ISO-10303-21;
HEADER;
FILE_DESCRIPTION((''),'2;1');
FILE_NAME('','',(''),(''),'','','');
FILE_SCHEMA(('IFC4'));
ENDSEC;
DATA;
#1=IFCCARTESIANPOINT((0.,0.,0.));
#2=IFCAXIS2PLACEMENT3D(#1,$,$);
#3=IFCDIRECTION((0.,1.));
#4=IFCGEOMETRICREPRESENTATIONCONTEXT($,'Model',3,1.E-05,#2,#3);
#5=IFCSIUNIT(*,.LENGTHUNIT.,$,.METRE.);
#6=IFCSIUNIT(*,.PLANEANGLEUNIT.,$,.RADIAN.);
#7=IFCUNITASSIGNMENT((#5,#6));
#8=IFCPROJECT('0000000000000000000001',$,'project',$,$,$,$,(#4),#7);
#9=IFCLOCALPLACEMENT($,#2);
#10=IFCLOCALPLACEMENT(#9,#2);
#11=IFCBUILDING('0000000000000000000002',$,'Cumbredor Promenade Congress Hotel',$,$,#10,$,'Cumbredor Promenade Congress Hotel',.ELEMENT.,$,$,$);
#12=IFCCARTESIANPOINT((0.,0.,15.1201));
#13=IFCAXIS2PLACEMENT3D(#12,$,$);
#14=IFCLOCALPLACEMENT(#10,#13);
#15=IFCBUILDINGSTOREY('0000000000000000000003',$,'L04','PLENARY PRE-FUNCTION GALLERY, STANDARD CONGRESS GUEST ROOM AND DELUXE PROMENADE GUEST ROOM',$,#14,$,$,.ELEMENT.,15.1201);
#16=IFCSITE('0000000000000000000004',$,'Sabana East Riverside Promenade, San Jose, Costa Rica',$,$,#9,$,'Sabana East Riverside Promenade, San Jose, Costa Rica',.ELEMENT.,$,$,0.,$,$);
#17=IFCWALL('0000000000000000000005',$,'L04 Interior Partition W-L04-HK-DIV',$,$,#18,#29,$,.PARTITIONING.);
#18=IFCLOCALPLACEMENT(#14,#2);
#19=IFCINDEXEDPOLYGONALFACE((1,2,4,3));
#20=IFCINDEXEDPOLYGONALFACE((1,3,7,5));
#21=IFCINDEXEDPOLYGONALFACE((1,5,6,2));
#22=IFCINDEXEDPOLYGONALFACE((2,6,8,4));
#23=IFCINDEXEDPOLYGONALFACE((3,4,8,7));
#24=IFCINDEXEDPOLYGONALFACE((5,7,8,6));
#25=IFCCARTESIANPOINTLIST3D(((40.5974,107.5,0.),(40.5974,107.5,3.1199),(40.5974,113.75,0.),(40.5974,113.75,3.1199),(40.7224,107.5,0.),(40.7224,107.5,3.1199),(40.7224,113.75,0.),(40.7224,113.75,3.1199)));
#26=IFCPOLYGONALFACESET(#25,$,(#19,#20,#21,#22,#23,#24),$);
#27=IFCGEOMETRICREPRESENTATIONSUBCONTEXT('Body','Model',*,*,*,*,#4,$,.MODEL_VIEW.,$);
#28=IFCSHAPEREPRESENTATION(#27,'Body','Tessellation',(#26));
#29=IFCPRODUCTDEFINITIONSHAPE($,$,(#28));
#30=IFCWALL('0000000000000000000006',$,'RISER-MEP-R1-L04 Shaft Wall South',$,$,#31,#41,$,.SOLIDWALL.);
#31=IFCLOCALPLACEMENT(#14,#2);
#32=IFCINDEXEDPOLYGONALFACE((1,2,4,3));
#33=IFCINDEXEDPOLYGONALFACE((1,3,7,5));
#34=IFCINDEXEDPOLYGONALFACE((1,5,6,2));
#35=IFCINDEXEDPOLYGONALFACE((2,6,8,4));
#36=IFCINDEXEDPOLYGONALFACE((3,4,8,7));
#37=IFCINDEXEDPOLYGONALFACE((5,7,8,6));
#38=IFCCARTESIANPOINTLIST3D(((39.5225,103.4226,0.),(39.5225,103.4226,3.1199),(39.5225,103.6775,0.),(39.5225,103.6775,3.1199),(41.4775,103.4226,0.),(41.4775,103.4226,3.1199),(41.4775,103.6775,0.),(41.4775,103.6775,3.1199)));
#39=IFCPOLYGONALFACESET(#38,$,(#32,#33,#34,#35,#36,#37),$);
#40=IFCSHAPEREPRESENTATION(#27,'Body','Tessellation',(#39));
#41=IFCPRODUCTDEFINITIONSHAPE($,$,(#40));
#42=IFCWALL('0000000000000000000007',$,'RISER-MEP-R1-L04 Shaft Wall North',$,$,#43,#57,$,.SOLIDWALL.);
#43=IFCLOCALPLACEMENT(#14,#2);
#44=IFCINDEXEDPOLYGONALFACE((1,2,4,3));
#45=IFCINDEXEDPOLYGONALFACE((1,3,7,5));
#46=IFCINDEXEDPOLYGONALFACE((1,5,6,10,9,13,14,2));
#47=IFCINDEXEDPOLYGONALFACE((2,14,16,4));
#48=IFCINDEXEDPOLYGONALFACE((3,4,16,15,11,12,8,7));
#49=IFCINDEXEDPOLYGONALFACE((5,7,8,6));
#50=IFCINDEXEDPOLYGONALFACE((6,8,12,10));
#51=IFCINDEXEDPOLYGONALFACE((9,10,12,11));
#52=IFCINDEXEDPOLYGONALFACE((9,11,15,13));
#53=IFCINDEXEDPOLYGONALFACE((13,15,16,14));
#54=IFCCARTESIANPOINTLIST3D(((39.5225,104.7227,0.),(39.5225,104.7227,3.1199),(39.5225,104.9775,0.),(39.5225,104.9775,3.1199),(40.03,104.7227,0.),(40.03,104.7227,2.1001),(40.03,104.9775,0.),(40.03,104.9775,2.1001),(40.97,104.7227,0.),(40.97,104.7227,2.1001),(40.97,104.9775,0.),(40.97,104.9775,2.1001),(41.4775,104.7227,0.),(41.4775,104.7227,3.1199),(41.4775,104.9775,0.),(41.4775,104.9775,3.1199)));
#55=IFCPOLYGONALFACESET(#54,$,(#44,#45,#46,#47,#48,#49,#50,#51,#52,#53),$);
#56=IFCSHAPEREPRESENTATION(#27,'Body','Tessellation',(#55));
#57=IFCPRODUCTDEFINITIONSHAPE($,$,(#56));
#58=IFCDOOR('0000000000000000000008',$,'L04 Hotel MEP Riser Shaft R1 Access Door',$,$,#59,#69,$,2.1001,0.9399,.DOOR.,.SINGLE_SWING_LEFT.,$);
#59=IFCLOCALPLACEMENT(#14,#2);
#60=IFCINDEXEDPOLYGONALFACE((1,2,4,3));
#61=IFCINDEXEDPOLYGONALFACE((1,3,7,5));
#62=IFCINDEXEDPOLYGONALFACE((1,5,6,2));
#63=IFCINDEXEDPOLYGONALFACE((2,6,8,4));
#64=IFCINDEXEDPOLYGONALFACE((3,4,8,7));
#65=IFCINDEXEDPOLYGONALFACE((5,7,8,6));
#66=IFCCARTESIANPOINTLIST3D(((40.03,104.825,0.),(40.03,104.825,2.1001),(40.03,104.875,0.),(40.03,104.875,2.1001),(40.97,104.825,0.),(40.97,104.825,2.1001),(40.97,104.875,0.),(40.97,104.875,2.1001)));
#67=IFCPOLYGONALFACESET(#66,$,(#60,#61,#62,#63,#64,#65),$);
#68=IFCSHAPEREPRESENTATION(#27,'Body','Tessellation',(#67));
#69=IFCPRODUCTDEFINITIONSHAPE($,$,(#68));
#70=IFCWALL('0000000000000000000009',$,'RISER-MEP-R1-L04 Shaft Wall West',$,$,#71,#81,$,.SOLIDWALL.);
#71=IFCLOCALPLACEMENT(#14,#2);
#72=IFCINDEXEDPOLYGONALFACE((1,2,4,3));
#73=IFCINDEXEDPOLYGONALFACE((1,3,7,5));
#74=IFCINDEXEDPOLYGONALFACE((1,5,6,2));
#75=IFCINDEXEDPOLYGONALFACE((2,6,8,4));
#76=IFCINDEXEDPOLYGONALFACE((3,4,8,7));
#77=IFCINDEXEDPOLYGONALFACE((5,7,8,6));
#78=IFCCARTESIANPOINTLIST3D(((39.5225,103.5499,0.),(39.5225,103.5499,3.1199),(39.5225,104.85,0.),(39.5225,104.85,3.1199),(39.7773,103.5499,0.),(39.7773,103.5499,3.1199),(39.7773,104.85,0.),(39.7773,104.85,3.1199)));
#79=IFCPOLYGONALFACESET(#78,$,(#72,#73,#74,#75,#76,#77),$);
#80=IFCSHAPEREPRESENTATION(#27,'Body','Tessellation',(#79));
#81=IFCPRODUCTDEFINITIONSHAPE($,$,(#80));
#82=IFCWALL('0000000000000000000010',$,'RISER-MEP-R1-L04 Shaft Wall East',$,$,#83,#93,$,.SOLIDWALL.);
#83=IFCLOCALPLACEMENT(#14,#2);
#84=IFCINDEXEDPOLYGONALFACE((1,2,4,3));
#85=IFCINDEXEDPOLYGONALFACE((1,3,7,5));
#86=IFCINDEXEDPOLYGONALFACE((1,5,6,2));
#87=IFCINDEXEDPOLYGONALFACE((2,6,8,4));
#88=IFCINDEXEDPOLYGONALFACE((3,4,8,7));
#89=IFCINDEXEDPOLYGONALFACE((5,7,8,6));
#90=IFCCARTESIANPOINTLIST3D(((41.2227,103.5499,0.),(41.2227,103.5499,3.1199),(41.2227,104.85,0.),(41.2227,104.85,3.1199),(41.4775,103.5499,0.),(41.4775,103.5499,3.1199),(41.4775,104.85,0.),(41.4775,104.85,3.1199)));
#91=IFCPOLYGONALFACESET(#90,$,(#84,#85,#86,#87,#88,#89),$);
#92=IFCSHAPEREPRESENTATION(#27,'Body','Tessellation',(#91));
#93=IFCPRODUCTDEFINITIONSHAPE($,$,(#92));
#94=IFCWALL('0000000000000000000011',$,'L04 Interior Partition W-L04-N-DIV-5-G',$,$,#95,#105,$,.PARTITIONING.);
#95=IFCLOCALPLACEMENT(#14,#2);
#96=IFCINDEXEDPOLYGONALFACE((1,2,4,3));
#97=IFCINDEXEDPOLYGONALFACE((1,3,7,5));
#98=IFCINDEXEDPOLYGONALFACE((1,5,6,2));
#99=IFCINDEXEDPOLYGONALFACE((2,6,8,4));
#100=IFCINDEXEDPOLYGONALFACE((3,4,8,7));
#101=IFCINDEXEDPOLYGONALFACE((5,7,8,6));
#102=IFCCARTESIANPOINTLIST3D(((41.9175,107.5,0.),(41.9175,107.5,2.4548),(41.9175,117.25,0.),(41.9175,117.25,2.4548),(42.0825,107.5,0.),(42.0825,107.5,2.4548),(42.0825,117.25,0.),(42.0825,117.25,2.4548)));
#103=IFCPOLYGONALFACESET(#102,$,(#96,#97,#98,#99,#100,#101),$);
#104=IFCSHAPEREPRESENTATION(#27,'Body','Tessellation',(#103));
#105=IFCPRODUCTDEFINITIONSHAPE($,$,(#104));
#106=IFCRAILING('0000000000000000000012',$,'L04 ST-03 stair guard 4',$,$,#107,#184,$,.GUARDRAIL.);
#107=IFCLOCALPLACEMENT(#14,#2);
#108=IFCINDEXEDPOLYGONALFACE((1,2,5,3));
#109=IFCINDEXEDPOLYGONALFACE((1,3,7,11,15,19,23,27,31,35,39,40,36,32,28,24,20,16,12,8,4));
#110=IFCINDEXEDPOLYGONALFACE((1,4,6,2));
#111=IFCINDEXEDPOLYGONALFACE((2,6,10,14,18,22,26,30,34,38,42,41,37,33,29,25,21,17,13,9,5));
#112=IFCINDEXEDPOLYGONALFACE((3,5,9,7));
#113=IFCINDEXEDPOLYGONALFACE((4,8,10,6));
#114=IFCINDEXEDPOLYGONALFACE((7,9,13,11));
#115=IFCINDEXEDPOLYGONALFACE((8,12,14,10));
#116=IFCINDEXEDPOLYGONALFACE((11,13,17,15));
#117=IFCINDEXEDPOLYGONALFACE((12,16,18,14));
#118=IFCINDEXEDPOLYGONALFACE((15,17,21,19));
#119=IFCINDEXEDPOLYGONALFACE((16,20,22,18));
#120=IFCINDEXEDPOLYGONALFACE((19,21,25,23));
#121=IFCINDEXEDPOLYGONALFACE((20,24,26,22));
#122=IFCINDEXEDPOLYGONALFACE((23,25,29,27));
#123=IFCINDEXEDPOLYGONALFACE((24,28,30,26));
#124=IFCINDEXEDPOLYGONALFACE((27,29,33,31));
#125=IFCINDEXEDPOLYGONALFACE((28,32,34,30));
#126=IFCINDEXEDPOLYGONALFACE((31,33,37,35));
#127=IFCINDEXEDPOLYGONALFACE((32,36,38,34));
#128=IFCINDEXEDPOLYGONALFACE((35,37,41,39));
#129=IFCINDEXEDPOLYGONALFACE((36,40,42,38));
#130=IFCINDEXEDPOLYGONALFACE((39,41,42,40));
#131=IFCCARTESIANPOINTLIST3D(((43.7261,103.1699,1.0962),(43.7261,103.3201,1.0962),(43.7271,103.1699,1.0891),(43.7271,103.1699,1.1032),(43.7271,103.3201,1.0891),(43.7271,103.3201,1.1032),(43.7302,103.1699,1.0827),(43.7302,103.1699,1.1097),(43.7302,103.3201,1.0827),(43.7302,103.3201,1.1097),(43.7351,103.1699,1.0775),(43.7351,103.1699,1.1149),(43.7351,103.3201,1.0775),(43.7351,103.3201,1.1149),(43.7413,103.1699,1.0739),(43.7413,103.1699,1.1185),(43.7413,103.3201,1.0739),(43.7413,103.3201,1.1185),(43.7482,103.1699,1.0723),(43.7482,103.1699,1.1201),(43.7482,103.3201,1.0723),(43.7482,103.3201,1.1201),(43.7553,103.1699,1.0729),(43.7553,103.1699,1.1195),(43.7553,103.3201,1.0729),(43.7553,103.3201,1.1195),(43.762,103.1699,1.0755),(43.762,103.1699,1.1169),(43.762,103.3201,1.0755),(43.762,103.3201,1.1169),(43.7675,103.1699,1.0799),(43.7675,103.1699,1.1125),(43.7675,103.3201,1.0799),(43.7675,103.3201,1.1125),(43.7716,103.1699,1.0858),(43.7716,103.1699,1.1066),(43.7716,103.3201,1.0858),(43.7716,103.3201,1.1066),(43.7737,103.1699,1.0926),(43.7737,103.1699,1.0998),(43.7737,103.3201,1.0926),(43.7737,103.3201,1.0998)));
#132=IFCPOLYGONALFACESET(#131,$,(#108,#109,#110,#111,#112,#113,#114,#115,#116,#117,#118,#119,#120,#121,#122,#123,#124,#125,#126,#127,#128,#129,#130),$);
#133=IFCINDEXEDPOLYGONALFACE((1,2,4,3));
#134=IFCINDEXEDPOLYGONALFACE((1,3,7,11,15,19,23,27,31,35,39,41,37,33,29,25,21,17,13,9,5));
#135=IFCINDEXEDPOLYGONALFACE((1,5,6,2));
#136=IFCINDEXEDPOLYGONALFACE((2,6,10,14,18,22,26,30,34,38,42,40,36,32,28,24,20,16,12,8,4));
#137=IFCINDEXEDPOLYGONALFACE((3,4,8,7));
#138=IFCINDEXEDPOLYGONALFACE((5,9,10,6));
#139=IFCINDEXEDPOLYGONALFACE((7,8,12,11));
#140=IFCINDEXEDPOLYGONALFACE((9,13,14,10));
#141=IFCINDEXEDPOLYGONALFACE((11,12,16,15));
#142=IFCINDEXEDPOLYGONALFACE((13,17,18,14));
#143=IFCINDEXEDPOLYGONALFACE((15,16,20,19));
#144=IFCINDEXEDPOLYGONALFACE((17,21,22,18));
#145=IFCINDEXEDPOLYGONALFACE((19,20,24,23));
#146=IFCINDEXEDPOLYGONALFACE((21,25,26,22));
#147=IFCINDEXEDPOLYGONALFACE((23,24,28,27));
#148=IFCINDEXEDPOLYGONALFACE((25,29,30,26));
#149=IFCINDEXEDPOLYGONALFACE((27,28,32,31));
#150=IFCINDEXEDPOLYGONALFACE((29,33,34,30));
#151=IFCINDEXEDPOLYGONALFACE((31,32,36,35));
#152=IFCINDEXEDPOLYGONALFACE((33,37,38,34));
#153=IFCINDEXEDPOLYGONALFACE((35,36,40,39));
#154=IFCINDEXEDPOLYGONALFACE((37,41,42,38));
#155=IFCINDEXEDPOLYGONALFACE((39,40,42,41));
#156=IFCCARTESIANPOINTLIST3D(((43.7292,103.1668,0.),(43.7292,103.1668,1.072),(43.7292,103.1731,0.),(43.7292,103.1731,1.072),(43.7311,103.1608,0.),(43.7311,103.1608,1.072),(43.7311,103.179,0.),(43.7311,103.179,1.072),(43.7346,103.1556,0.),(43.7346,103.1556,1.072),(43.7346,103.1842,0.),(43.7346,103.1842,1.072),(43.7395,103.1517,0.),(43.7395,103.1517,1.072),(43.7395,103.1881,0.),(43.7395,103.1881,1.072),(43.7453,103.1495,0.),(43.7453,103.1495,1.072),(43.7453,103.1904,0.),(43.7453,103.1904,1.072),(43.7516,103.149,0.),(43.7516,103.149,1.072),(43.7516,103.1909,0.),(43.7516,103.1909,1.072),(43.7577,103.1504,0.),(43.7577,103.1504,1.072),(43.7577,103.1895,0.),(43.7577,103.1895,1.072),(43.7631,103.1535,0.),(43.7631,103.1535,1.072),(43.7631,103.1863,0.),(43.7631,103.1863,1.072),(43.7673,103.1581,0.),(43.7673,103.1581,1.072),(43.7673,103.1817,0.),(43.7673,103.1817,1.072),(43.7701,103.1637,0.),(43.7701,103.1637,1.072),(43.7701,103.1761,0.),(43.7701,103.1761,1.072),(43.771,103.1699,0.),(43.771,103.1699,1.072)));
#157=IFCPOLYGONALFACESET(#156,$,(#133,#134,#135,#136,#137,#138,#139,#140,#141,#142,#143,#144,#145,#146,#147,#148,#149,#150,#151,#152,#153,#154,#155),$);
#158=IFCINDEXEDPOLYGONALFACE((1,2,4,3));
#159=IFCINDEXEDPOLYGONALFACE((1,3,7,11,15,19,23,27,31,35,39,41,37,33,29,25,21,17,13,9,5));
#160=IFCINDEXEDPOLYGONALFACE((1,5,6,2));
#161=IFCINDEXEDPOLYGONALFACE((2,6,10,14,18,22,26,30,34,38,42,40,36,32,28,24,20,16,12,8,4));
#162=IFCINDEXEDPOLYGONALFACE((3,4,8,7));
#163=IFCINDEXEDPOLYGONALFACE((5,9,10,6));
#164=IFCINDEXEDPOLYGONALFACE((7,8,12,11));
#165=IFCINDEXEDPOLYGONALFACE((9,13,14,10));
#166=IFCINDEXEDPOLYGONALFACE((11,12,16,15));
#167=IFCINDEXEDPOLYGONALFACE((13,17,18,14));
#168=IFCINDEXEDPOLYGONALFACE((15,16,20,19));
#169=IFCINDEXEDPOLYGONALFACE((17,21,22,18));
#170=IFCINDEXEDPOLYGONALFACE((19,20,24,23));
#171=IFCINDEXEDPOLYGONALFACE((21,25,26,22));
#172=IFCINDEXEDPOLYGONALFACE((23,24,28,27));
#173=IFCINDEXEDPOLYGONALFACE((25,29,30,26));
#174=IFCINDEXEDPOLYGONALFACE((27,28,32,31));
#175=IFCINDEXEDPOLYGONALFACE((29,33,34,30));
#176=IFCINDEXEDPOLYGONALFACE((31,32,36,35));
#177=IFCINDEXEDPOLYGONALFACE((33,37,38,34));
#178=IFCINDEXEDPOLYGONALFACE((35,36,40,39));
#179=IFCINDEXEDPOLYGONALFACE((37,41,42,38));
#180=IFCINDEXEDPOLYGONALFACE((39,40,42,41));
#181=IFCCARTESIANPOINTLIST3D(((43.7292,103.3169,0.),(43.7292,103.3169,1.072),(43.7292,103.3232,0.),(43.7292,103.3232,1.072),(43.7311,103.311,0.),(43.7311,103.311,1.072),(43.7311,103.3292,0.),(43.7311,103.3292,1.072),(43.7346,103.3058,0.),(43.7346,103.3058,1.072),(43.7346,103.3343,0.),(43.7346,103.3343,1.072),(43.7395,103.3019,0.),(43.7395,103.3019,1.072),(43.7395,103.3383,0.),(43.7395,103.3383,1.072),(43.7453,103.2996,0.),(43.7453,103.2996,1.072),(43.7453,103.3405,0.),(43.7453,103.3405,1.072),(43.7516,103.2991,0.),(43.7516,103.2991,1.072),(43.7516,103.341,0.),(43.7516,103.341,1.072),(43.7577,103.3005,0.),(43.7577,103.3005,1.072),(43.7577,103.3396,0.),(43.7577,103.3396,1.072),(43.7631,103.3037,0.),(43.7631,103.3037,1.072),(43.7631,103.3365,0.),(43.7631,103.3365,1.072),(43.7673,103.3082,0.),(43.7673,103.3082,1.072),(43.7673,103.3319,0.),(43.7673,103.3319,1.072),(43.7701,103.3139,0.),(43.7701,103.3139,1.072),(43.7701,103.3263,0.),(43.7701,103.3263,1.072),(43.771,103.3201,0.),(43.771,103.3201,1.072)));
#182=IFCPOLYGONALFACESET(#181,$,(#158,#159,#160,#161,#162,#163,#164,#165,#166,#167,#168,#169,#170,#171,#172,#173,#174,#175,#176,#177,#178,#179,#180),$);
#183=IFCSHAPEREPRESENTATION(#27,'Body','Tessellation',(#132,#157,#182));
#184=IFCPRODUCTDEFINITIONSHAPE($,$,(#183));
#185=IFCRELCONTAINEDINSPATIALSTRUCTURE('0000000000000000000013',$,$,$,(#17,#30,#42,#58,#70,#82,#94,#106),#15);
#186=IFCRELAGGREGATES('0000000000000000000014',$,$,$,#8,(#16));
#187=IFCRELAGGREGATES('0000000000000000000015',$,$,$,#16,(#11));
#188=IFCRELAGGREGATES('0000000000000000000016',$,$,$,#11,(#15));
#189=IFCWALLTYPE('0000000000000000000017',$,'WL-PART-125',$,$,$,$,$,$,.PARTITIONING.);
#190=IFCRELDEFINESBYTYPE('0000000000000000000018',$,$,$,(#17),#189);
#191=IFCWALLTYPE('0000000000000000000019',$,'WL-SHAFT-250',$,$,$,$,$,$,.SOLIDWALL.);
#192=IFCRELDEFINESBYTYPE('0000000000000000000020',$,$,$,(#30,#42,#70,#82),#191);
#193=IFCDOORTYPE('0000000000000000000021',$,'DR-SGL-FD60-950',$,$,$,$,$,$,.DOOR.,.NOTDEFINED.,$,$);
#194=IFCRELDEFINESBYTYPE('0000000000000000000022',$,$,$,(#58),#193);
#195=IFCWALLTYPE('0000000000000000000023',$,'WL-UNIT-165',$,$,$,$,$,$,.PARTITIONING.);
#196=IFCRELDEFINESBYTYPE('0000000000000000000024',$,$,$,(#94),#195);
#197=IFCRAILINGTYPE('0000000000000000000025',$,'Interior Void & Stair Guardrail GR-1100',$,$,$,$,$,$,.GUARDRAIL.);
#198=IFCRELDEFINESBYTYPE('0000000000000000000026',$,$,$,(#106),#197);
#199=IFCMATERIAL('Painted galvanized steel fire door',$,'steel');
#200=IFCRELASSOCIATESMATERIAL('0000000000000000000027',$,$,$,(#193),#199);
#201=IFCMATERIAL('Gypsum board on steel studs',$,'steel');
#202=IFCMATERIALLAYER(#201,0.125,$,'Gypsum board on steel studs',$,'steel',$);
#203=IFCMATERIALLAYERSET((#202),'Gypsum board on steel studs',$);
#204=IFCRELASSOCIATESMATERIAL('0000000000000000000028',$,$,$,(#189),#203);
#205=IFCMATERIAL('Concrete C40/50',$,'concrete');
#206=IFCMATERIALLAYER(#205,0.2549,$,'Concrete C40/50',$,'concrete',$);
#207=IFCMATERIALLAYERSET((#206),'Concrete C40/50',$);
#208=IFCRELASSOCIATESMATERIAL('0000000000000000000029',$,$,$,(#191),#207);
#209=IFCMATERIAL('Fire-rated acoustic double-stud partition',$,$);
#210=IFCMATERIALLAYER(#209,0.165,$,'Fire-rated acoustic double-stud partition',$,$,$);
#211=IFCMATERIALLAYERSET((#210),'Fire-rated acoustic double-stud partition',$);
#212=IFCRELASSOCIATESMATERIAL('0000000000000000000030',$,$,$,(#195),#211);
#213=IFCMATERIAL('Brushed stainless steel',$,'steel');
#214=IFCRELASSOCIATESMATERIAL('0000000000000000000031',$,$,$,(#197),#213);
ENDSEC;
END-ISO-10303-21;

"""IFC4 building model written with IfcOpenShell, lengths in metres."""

from ifc_helpers import new_model, si_unit, direction, frame, frame_2d, origin, origin_2d, place, context, subcontext, project, spatial, rectangle, circle, extrude, material, layer, layer_set, type_object, element, fill, save


model = new_model("IFC4")

# Units and contexts
model_context = context("Model", 3, precision=1e-05, world=origin(), true_north=direction((0.0, 1.0)))
body_context = subcontext(model_context, "Body", "Model", "MODEL_VIEW")
ifc_project = project(units=[si_unit("LENGTHUNIT", "METRE"), si_unit("PLANEANGLEUNIT", "RADIAN")], contexts=[model_context])

# Site, building, storey
site_placement = place(None, origin())
site = spatial("IfcSite", under=ifc_project, at=site_placement, Name="Sabana East Riverside Promenade, San Jose, Costa Rica", LongName="Sabana East Riverside Promenade, San Jose, Costa Rica", CompositionType="ELEMENT", RefElevation=0.0)
building_placement = place(site_placement, origin())
building = spatial("IfcBuilding", under=site, at=building_placement, Name="Cumbredor Promenade Congress Hotel", LongName="Cumbredor Promenade Congress Hotel", CompositionType="ELEMENT")
storey_placement = place(building_placement, frame((0.0, 0.0, 15.1201)))
storey = spatial("IfcBuildingStorey", under=building, at=storey_placement, Name="L04", Description="PLENARY PRE-FUNCTION GALLERY, STANDARD CONGRESS GUEST ROOM AND DELUXE PROMENADE GUEST ROOM", CompositionType="ELEMENT", Elevation=15.1201)

# Shared definitions
ifc_material_1 = material(Name="Painted galvanized steel fire door", Category="steel")
door_type_1 = type_object("IfcDoorType", Name="DR-SGL-FD60-950", OperationType="NOTDEFINED", PredefinedType="DOOR", material=ifc_material_1)

# Wall
ifc_material_2 = material(Name="Gypsum board on steel studs", Category="steel")
ifc_layer_1 = layer(ifc_material_2, 0.125, Name="Gypsum board on steel studs", Category="steel")
ifc_layer_set_1 = layer_set([ifc_layer_1], Name="Gypsum board on steel studs")
wall_type_1 = type_object("IfcWallType", Name="WL-PART-125", PredefinedType="PARTITIONING", material=ifc_layer_set_1)
wall_1_placement = place(storey_placement, frame((40.6599, 107.5, 0.0), z_axis=(0.0, 0.0, 1.0), x_axis=(0.0, 1.0, 0.0)))
element("IfcWall", 1, at=wall_1_placement, inside=storey, type_object=wall_type_1, Name="L04 Interior Partition W-L04-HK-DIV", PredefinedType="PARTITIONING", context=body_context, shape_type="SweptSolid", body=[
    extrude(rectangle(XDim=6.25, YDim=0.125, at=frame_2d((3.125, 0.0))), origin(), (0.0, 0.0, 1.0), 3.1199),
])

# Shared definitions
ifc_material_3 = material(Name="Concrete C40/50", Category="concrete")
ifc_layer_2 = layer(ifc_material_3, 0.2549, Name="Concrete C40/50", Category="concrete")
ifc_layer_set_2 = layer_set([ifc_layer_2], Name="Concrete C40/50")
wall_type_2 = type_object("IfcWallType", Name="WL-SHAFT-250", PredefinedType="SOLIDWALL", material=ifc_layer_set_2)

# Wall
wall_2_placement = place(storey_placement, frame((39.5225, 103.55, 0.0), z_axis=(0.0, 0.0, 1.0), x_axis=(1.0, 0.0, 0.0)))
element("IfcWall", 2, at=wall_2_placement, inside=storey, type_object=wall_type_2, Name="RISER-MEP-R1-L04 Shaft Wall South", PredefinedType="SOLIDWALL", context=body_context, shape_type="SweptSolid", body=[
    extrude(rectangle(XDim=1.9551, YDim=0.2549, at=frame_2d((0.9775, 0.0))), origin(), (0.0, 0.0, 1.0), 3.1199),
])

# Wall, opening, door
wall_3_placement = place(storey_placement, frame((39.5225, 104.8501, 0.0), z_axis=(0.0, 0.0, 1.0), x_axis=(1.0, 0.0, 0.0)))
wall_3 = element("IfcWall", 3, at=wall_3_placement, inside=storey, type_object=wall_type_2, Name="RISER-MEP-R1-L04 Shaft Wall North", PredefinedType="SOLIDWALL", context=body_context, shape_type="SweptSolid", body=[
    extrude(rectangle(XDim=1.9551, YDim=0.2549, at=frame_2d((0.9775, 0.0))), origin(), (0.0, 0.0, 1.0), 3.1199),
])
opening_1_placement = place(wall_3_placement, frame((0.5076, 0.0, 0.0)))
opening_1 = element("IfcOpeningElement", 4, at=opening_1_placement, cuts=wall_3, PredefinedType="OPENING", context=body_context, shape_type="SweptSolid", body=[
    extrude(rectangle(XDim=0.9399, YDim=2.1001, at=frame_2d((0.47, 1.05))), frame((0.0, 0.1375, 0.0), z_axis=(0.0, -1.0, 0.0), x_axis=(1.0, 0.0, 0.0)), (0.0, 0.0, 1.0), 0.2749),
])
door_1_placement = place(opening_1_placement, origin())
door_1 = element("IfcDoor", 5, at=door_1_placement, inside=storey, type_object=door_type_1, Name="L04 Hotel MEP Riser Shaft R1 Access Door", OperationType="SINGLE_SWING_LEFT", OverallHeight=2.1001, OverallWidth=0.9399, PredefinedType="DOOR", context=body_context, shape_type="SweptSolid", body=[
    extrude(rectangle(XDim=0.9399, YDim=2.1001, at=frame_2d((0.47, 1.05))), frame((0.0, 0.0249, 0.0), z_axis=(0.0, -1.0, 0.0), x_axis=(1.0, 0.0, 0.0)), (0.0, 0.0, 1.0), 0.05),
])
fill(opening_1, door_1)

# Walls
for number, where, z_axis, x_axis, name in (
    (6, (39.6499, 103.55, 0.0), (0.0, 0.0, 1.0), (0.0, 1.0, 0.0), "RISER-MEP-R1-L04 Shaft Wall West"),
    (7, (41.3501, 103.55, 0.0), (0.0, 0.0, 1.0), (0.0, 1.0, 0.0), "RISER-MEP-R1-L04 Shaft Wall East"),
):
    element("IfcWall", number, at=place(storey_placement, frame(where, z_axis=z_axis, x_axis=x_axis)), inside=storey, type_object=wall_type_2, Name=name, PredefinedType="SOLIDWALL", context=body_context, shape_type="SweptSolid", body=[
        extrude(rectangle(XDim=1.3, YDim=0.2549, at=frame_2d((0.6499, 0.0))), origin(), (0.0, 0.0, 1.0), 3.1199),
    ])
ifc_material_4 = material(Name="Fire-rated acoustic double-stud partition")
ifc_layer_3 = layer(ifc_material_4, 0.165, Name="Fire-rated acoustic double-stud partition")
ifc_layer_set_3 = layer_set([ifc_layer_3], Name="Fire-rated acoustic double-stud partition")
wall_type_3 = type_object("IfcWallType", Name="WL-UNIT-165", PredefinedType="PARTITIONING", material=ifc_layer_set_3)
wall_4_placement = place(storey_placement, frame((42.0, 107.5, 0.0), z_axis=(0.0, 0.0, 1.0), x_axis=(0.0, 1.0, 0.0)))
element("IfcWall", 8, at=wall_4_placement, inside=storey, type_object=wall_type_3, Name="L04 Interior Partition W-L04-N-DIV-5-G", PredefinedType="PARTITIONING", context=body_context, shape_type="SweptSolid", body=[
    extrude(rectangle(XDim=9.75, YDim=0.165, at=frame_2d((4.875, 0.0))), origin(), (0.0, 0.0, 1.0), 2.4548),
])

# Railing
ifc_material_5 = material(Name="Brushed stainless steel", Category="steel")
railing_type = type_object("IfcRailingType", Name="Interior Void & Stair Guardrail GR-1100", PredefinedType="GUARDRAIL", material=ifc_material_5)
railing_placement = place(storey_placement, frame((43.75, 103.1699, 0.0)))
element("IfcRailing", 9, at=railing_placement, inside=storey, type_object=railing_type, Name="L04 ST-03 stair guard 4", PredefinedType="GUARDRAIL", context=body_context, shape_type="SweptSolid", body=[
    extrude(circle(Radius=0.0239, at=origin_2d()), frame((0.0, 0.0, 1.0962), z_axis=(0.0, 1.0, 0.0), x_axis=(-1.0, 0.0, 0.0)), (0.0, 0.0, 1.0), 0.1501),
    extrude(circle(Radius=0.021, at=origin_2d()), origin(), (0.0, 0.0, 1.0), 1.072),
    extrude(circle(Radius=0.021, at=origin_2d()), frame((0.0, 0.1501, 0.0)), (0.0, 0.0, 1.0), 1.072),
])

save(model, "model.ifc")
